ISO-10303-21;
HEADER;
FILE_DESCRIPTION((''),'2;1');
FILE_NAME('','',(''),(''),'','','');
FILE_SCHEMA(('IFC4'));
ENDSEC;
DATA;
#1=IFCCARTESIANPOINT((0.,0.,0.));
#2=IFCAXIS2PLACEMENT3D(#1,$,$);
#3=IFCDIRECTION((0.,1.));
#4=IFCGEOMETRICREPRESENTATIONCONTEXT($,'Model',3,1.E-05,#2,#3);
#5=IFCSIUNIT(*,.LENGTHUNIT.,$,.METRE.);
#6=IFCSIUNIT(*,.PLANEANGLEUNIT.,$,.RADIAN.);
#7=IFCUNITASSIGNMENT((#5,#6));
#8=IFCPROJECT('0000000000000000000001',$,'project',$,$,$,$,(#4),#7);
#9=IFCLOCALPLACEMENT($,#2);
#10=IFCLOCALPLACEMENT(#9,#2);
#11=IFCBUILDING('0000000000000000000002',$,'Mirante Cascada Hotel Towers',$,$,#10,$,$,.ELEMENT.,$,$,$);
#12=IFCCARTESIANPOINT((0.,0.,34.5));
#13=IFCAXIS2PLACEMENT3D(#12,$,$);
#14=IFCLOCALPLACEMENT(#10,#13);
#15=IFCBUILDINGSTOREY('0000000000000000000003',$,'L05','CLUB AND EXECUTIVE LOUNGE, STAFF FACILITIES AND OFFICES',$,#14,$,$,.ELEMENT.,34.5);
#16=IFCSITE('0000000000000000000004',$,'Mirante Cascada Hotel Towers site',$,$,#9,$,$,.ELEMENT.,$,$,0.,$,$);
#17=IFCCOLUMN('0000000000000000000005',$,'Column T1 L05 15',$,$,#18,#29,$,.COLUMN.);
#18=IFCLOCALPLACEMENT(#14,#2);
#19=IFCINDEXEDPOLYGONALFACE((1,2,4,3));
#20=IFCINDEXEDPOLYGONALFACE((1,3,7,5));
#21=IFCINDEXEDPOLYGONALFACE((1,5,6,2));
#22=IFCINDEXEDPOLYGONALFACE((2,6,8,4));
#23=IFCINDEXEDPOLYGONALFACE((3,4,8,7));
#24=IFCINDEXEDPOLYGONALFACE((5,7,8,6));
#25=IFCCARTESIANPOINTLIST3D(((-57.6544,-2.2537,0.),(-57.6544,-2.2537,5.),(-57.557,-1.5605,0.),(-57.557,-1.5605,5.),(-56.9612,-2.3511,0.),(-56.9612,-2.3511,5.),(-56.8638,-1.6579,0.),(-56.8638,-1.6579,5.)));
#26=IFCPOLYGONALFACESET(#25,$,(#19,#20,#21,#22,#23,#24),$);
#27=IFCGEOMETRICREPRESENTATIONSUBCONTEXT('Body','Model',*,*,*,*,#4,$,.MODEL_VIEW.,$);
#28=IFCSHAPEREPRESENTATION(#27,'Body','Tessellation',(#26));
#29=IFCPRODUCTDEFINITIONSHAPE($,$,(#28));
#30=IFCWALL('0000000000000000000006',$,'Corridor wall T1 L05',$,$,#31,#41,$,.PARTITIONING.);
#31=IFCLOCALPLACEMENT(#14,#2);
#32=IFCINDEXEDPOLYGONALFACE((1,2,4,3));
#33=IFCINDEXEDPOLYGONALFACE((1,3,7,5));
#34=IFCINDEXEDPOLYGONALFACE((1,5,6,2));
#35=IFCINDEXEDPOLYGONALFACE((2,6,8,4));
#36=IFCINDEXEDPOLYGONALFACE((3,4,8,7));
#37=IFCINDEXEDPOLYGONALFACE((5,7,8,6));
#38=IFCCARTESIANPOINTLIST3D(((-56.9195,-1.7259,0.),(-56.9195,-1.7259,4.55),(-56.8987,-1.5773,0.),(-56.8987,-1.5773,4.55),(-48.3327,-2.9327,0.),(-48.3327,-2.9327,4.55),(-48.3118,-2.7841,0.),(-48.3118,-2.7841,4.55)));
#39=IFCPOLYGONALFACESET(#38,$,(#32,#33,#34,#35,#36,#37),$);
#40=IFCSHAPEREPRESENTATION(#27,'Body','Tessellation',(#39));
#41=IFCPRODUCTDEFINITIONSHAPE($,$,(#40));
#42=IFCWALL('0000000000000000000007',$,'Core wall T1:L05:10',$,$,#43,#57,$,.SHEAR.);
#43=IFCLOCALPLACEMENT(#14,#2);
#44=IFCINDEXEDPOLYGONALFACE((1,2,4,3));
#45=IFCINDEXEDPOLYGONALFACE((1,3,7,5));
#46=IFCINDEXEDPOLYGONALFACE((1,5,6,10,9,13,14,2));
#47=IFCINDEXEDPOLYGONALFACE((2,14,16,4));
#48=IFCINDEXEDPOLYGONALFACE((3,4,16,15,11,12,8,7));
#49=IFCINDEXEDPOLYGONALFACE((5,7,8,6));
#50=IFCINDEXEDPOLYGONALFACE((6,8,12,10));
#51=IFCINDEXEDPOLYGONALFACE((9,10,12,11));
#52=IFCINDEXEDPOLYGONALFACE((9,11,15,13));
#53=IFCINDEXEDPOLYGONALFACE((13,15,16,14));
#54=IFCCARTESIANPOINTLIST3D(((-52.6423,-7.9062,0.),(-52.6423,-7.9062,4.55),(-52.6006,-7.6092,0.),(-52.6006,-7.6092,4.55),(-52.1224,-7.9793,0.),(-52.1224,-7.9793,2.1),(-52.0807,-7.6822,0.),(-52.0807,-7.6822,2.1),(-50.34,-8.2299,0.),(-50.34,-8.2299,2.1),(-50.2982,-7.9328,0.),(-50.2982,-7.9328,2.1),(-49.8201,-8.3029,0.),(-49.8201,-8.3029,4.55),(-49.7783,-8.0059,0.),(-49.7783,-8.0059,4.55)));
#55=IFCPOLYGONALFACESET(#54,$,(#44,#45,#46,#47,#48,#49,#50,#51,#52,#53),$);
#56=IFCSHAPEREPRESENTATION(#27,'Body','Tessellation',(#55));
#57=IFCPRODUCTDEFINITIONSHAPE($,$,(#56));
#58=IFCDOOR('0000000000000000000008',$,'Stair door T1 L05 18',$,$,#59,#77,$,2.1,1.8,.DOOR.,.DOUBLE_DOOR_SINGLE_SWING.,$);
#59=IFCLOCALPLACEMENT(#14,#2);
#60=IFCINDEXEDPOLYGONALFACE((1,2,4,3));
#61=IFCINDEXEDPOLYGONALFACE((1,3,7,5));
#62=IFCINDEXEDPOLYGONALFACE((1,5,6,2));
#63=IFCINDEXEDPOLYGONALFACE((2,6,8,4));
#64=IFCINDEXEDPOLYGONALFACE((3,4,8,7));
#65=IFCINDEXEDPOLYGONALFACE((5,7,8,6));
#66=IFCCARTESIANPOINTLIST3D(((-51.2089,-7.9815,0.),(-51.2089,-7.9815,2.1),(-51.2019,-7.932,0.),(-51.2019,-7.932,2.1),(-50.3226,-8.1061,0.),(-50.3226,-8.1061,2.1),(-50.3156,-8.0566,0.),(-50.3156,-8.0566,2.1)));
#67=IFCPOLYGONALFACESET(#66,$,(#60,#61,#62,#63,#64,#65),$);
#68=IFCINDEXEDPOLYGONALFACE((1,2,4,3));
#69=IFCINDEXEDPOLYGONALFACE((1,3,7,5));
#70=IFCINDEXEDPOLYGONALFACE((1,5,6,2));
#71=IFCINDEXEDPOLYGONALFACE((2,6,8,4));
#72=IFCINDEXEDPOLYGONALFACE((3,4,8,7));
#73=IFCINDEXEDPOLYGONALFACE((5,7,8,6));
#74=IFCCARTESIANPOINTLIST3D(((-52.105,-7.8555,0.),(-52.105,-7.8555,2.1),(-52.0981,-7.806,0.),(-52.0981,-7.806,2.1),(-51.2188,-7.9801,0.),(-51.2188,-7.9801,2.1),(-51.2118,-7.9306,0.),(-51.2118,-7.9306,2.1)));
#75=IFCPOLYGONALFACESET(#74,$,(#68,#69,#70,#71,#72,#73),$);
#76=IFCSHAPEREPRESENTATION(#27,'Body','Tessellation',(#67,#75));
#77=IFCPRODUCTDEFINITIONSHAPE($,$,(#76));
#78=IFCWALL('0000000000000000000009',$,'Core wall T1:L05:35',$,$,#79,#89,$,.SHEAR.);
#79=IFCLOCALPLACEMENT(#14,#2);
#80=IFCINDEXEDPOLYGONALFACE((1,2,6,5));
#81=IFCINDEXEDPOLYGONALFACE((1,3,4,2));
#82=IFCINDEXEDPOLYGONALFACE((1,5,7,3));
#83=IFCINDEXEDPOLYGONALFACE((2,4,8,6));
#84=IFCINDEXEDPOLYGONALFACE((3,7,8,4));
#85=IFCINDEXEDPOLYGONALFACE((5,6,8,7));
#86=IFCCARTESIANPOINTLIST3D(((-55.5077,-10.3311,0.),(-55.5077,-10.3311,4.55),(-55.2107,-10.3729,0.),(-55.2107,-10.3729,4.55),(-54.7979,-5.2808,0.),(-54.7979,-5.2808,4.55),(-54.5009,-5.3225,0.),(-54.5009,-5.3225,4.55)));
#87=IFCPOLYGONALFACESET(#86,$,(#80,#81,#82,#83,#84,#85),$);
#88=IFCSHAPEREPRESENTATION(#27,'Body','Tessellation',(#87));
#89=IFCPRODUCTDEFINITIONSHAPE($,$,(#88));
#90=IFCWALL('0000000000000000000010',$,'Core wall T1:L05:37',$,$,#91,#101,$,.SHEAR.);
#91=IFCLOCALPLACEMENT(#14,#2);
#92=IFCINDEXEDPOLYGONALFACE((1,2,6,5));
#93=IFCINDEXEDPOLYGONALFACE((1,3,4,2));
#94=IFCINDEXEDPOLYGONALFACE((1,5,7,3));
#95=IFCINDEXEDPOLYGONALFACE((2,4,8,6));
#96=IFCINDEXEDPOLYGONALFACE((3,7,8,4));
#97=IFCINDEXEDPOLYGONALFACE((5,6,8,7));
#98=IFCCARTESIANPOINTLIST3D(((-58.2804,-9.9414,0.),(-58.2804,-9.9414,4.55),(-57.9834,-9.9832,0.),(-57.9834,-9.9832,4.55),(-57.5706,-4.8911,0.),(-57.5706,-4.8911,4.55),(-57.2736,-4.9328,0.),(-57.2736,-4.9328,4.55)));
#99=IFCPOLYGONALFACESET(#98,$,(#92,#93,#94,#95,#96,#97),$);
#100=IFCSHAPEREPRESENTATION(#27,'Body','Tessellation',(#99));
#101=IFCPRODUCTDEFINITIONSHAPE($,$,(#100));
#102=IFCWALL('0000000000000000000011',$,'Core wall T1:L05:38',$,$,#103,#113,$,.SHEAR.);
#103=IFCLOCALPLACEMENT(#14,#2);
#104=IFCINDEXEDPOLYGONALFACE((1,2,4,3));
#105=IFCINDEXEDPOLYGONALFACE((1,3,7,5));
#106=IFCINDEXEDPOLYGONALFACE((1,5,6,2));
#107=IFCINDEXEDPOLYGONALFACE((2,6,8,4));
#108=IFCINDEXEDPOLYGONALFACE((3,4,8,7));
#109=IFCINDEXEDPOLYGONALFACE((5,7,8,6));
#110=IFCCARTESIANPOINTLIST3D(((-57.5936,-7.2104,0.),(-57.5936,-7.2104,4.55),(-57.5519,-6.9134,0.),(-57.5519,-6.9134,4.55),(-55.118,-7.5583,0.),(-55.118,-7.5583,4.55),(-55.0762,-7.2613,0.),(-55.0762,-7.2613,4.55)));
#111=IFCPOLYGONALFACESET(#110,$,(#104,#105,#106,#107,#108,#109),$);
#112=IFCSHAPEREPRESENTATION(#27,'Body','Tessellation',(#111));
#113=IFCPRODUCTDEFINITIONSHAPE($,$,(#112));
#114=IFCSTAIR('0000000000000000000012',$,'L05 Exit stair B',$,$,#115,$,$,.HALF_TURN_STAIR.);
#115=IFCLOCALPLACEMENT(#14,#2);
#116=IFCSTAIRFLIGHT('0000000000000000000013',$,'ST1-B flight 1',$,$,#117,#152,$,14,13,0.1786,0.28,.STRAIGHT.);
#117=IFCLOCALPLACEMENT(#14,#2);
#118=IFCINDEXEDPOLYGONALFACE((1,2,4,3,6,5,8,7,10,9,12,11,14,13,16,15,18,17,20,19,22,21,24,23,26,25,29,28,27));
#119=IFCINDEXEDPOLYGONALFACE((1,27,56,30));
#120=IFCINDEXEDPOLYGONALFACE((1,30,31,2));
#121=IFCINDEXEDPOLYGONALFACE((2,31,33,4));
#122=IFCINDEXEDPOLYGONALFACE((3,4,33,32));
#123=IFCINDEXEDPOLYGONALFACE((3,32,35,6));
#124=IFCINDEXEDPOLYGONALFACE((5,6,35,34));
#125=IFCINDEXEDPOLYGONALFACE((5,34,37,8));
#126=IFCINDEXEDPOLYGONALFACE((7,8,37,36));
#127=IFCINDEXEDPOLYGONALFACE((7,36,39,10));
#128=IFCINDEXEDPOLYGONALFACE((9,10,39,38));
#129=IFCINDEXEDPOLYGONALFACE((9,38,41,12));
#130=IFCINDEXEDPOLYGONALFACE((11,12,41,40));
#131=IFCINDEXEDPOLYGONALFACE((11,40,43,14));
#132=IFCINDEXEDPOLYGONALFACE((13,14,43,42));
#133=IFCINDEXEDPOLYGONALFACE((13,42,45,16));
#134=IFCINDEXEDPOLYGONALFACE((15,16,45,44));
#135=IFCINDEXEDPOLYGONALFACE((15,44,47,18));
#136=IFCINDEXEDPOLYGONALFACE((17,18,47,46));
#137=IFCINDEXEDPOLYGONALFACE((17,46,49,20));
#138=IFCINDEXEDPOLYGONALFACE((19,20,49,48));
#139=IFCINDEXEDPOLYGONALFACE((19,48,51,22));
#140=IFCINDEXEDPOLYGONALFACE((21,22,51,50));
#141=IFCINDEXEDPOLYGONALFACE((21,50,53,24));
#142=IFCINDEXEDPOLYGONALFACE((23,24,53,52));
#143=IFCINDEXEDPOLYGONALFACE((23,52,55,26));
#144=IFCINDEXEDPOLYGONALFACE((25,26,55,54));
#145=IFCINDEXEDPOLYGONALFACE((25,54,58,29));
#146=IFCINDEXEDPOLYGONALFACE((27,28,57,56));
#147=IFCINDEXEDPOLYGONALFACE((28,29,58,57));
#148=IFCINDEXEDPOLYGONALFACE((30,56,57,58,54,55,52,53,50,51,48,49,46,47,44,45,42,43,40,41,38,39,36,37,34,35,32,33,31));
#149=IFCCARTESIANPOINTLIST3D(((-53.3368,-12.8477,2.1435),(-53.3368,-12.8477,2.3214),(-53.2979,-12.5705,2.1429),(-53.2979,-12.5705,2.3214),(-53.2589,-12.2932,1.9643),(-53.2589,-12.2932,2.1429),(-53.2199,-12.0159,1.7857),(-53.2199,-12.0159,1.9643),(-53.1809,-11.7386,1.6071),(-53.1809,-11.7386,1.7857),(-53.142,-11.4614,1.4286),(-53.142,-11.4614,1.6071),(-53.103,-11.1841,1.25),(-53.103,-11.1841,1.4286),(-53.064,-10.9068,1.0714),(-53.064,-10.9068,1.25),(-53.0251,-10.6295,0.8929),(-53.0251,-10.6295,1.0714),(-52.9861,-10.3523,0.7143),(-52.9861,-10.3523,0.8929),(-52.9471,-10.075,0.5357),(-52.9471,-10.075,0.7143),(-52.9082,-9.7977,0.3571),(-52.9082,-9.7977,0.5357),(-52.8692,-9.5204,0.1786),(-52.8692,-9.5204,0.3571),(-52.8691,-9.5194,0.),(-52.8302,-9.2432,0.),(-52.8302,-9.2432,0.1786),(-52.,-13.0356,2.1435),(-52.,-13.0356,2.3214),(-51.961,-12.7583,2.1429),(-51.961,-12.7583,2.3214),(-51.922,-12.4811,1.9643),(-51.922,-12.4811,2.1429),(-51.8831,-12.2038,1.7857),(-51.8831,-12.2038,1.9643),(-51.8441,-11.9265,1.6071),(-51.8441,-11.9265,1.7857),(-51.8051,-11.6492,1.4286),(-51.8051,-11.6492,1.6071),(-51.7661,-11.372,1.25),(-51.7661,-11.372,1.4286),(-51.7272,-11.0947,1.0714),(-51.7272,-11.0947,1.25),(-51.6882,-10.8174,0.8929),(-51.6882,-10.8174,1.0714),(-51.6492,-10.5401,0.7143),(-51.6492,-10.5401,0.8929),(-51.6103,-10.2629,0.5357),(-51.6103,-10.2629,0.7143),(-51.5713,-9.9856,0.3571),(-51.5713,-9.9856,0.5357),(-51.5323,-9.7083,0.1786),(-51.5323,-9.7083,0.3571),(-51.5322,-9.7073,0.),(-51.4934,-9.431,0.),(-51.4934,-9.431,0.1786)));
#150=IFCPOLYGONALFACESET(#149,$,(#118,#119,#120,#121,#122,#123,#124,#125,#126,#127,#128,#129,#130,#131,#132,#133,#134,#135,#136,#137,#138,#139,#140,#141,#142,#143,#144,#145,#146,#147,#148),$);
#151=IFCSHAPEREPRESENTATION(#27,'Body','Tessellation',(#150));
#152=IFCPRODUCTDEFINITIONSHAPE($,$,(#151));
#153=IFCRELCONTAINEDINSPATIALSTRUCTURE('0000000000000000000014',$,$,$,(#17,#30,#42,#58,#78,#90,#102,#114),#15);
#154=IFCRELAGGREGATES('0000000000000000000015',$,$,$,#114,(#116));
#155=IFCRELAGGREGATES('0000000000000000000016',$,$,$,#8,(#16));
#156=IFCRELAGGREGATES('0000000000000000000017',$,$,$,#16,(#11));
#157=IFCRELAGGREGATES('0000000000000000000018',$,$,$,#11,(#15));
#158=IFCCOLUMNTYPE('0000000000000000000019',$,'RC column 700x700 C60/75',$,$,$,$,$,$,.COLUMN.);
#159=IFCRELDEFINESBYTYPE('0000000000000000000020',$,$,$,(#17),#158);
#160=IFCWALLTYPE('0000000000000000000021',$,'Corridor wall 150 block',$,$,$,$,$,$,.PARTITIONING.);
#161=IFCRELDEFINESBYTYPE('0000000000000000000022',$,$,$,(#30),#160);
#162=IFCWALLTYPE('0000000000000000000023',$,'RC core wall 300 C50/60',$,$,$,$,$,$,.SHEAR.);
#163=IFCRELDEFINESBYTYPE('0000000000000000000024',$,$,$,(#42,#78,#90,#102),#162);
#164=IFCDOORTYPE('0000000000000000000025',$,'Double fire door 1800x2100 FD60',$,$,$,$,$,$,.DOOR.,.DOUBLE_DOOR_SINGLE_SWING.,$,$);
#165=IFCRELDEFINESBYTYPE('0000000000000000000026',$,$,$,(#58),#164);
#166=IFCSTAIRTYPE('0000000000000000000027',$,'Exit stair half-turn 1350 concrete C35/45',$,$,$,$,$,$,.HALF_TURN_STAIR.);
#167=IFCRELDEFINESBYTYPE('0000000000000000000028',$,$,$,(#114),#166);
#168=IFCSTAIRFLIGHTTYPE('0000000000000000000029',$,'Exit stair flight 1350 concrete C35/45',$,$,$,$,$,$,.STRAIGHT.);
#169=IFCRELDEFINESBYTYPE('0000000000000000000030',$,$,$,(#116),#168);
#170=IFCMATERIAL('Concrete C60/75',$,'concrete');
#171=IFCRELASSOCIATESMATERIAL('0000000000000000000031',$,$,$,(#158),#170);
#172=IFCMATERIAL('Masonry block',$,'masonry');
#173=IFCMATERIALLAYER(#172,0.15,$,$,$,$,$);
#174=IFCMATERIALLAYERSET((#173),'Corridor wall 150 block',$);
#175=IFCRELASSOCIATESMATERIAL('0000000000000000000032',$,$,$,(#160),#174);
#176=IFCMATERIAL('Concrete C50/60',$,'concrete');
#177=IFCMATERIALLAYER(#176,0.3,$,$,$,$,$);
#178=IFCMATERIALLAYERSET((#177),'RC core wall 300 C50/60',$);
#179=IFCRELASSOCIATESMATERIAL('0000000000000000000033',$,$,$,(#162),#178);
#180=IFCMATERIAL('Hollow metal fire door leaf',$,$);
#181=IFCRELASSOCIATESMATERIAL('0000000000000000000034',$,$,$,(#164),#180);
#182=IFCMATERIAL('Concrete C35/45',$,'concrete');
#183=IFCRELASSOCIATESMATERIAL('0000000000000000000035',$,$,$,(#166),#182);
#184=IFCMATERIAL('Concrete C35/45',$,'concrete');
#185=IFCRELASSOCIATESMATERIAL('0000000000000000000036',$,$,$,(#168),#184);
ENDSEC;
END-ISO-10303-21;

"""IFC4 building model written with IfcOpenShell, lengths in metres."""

from ifc_helpers import new_model, si_unit, direction, frame, frame_2d, origin, origin_2d, place, context, subcontext, project, spatial, polyline, rectangle, outline, extrude, material, layer, layer_set, material_profile, profile_set, type_object, element, fill, aggregate, save


model = new_model("IFC4")

# Units and contexts
model_context = context("Model", 3, precision=1e-05, world=origin(), true_north=direction((0.0, 1.0)))
body_context = subcontext(model_context, "Body", "Model", "MODEL_VIEW")
ifc_project = project(units=[si_unit("LENGTHUNIT", "METRE"), si_unit("PLANEANGLEUNIT", "RADIAN")], contexts=[model_context])

# Site, building, storey
site_placement = place(None, origin())
site = spatial("IfcSite", under=ifc_project, at=site_placement, Name="Mirante Cascada Hotel Towers site", CompositionType="ELEMENT", RefElevation=0.0)
building_placement = place(site_placement, origin())
building = spatial("IfcBuilding", under=site, at=building_placement, Name="Mirante Cascada Hotel Towers", CompositionType="ELEMENT")
storey_placement = place(building_placement, frame((0.0, 0.0, 34.5)))
storey = spatial("IfcBuildingStorey", under=building, at=storey_placement, Name="L05", Description="CLUB AND EXECUTIVE LOUNGE, STAFF FACILITIES AND OFFICES", CompositionType="ELEMENT", Elevation=34.5)

# Column
ifc_material_1 = material(Name="Concrete C60/75", Category="concrete")
ifc_material_profile = material_profile(ifc_material_1, rectangle(XDim=0.7, YDim=0.7, at=origin_2d()), Name="RC column 700x700 C60/75")
ifc_profile_set = profile_set([ifc_material_profile], Name="Concrete C60/75")
column_type = type_object("IfcColumnType", Name="RC column 700x700 C60/75", PredefinedType="COLUMN", material=ifc_profile_set)
column_placement = place(storey_placement, frame((-57.2591, -1.9558, 0.0), z_axis=(0.0, 0.0, 1.0), x_axis=(-0.990268, 0.139173, 0.0)))
element("IfcColumn", 1, at=column_placement, inside=storey, type_object=column_type, Name="Column T1 L05 15", PredefinedType="COLUMN", context=body_context, shape_type="SweptSolid", body=[
    extrude(rectangle(XDim=0.7, YDim=0.7, at=origin_2d()), origin(), (0.0, 0.0, 1.0), 5.0),
])

# Wall
ifc_material_2 = material(Name="Masonry block", Category="masonry")
ifc_layer_1 = layer(ifc_material_2, 0.15)
ifc_layer_set_1 = layer_set([ifc_layer_1], Name="Corridor wall 150 block")
wall_type_1 = type_object("IfcWallType", Name="Corridor wall 150 block", PredefinedType="PARTITIONING", material=ifc_layer_set_1)
wall_1_placement = place(storey_placement, frame((-56.9091, -1.6516, 0.0), z_axis=(0.0, 0.0, 1.0), x_axis=(0.990268, -0.139174, 0.0)))
element("IfcWall", 2, at=wall_1_placement, inside=storey, type_object=wall_type_1, Name="Corridor wall T1 L05", PredefinedType="PARTITIONING", context=body_context, shape_type="SweptSolid", body=[
    extrude(rectangle(XDim=8.6712, YDim=0.15, at=frame_2d((4.3356, 0.0))), origin(), (0.0, 0.0, 1.0), 4.55),
])

# Wall, opening, door
ifc_material_3 = material(Name="Concrete C50/60", Category="concrete")
ifc_layer_2 = layer(ifc_material_3, 0.3)
ifc_layer_set_2 = layer_set([ifc_layer_2], Name="RC core wall 300 C50/60")
wall_type_2 = type_object("IfcWallType", Name="RC core wall 300 C50/60", PredefinedType="SHEAR", material=ifc_layer_set_2)
wall_2_placement = place(storey_placement, frame((-49.7992, -8.1544, 0.0), z_axis=(0.0, 0.0, 1.0), x_axis=(-0.990266, 0.139191, 0.0)))
wall_2 = element("IfcWall", 3, at=wall_2_placement, inside=storey, type_object=wall_type_2, Name="Core wall T1:L05:10", PredefinedType="SHEAR", context=body_context, shape_type="SweptSolid", body=[
    extrude(rectangle(XDim=2.85, YDim=0.3, at=frame_2d((1.425, 0.0))), origin(), (0.0, 0.0, 1.0), 4.55),
])
opening_placement = place(wall_2_placement, frame((0.525, 0.0, 0.0)))
opening = element("IfcOpeningElement", 4, at=opening_placement, cuts=wall_2, PredefinedType="OPENING", context=body_context, shape_type="SweptSolid", body=[
    extrude(rectangle(XDim=1.8, YDim=2.1, at=frame_2d((0.9, 1.05))), frame((0.0, 0.15, 0.0), z_axis=(0.0, -1.0, 0.0), x_axis=(1.0, 0.0, 0.0)), (0.0, 0.0, 1.0), 0.3),
])
ifc_material_4 = material(Name="Hollow metal fire door leaf")
door_type = type_object("IfcDoorType", Name="Double fire door 1800x2100 FD60", OperationType="DOUBLE_DOOR_SINGLE_SWING", PredefinedType="DOOR", material=ifc_material_4)
door_placement = place(opening_placement, origin())
door = element("IfcDoor", 5, at=door_placement, inside=storey, type_object=door_type, Name="Stair door T1 L05 18", OperationType="DOUBLE_DOOR_SINGLE_SWING", OverallHeight=2.1, OverallWidth=1.8, PredefinedType="DOOR", context=body_context, shape_type="SweptSolid", body=[
    extrude(rectangle(XDim=0.895, YDim=2.1, at=frame_2d((0.4475, 1.05))), frame((0.0, 0.025, 0.0), z_axis=(0.0, -1.0, 0.0), x_axis=(1.0, 0.0, 0.0)), (0.0, 0.0, 1.0), 0.05),
    extrude(rectangle(XDim=0.895, YDim=2.1, at=frame_2d((1.3525, 1.05))), frame((0.0, 0.025, 0.0), z_axis=(0.0, -1.0, 0.0), x_axis=(1.0, 0.0, 0.0)), (0.0, 0.0, 1.0), 0.05),
])
fill(opening, door)

# Walls
for number, where, z_axis, x_axis, name in (
    (6, (-55.3592, -10.352, 0.0), (0.0, 0.0, 1.0), (0.139176, 0.990268, 0.0), "Core wall T1:L05:35"),
    (7, (-58.1319, -9.9623, 0.0), (0.0, 0.0, 1.0), (0.139176, 0.990268, 0.0), "Core wall T1:L05:37"),
):
    element("IfcWall", number, at=place(storey_placement, frame(where, z_axis=z_axis, x_axis=x_axis)), inside=storey, type_object=wall_type_2, Name=name, PredefinedType="SHEAR", context=body_context, shape_type="SweptSolid", body=[
        extrude(rectangle(XDim=5.1, YDim=0.3, at=frame_2d((2.55, 0.0))), origin(), (0.0, 0.0, 1.0), 4.55),
    ])
wall_3_placement = place(storey_placement, frame((-55.0971, -7.4098, 0.0), z_axis=(0.0, 0.0, 1.0), x_axis=(-0.99027, 0.139159, 0.0)))
element("IfcWall", 8, at=wall_3_placement, inside=storey, type_object=wall_type_2, Name="Core wall T1:L05:38", PredefinedType="SHEAR", context=body_context, shape_type="SweptSolid", body=[
    extrude(rectangle(XDim=2.5, YDim=0.3, at=frame_2d((1.25, 0.0))), origin(), (0.0, 0.0, 1.0), 4.55),
])

# Stair, stair flight
ifc_material_5 = material(Name="Concrete C35/45", Category="concrete")
stair_type = type_object("IfcStairType", Name="Exit stair half-turn 1350 concrete C35/45", PredefinedType="HALF_TURN_STAIR", material=ifc_material_5)
stair_placement = place(storey_placement, origin())
stair = element("IfcStair", 9, at=stair_placement, inside=storey, type_object=stair_type, Name="L05 Exit stair B", PredefinedType="HALF_TURN_STAIR")
ifc_material_6 = material(Name="Concrete C35/45", Category="concrete")
stair_flight_type = type_object("IfcStairFlightType", Name="Exit stair flight 1350 concrete C35/45", PredefinedType="STRAIGHT", material=ifc_material_6)
stair_flight_placement = place(storey_placement, frame((-52.1618, -9.3371, 0.0), z_axis=(0.0, 0.0, 1.0), x_axis=(-0.139173, -0.990268, 0.0)))
stair_flight = element("IfcStairFlight", 10, at=stair_flight_placement, type_object=stair_flight_type, Name="ST1-B flight 1", NumberOfRisers=14, NumberOfTreads=13, PredefinedType="STRAIGHT", RiserHeight=0.1786, TreadLength=0.28, context=body_context, shape_type="SweptSolid", body=[
    extrude(outline(polyline([(0.0, 0.0), (0.0, 0.1786), (0.28, 0.1786), (0.28, 0.3571), (0.56, 0.3571), (0.56, 0.5357), (0.84, 0.5357), (0.84, 0.7143), (1.12, 0.7143), (1.12, 0.8929), (1.4, 0.8929), (1.4, 1.0714), (1.68, 1.0714), (1.68, 1.25), (1.96, 1.25), (1.96, 1.4286), (2.24, 1.4286), (2.24, 1.6071), (2.52, 1.6071), (2.52, 1.7857), (2.8, 1.7857), (2.8, 1.9643), (3.08, 1.9643), (3.08, 2.1429), (3.36, 2.1429), (3.36, 2.3214), (3.64, 2.3214), (3.64, 2.5), (3.64, 2.1435), (0.279, 0.0), (0.0, 0.0)])), frame((0.0, 0.675, 0.0), z_axis=(0.0, -1.0, 0.0), x_axis=(1.0, 0.0, 0.0)), (0.0, 0.0, 1.0), 1.35),
])
aggregate(stair, [stair_flight])

save(model, "model.ifc")
